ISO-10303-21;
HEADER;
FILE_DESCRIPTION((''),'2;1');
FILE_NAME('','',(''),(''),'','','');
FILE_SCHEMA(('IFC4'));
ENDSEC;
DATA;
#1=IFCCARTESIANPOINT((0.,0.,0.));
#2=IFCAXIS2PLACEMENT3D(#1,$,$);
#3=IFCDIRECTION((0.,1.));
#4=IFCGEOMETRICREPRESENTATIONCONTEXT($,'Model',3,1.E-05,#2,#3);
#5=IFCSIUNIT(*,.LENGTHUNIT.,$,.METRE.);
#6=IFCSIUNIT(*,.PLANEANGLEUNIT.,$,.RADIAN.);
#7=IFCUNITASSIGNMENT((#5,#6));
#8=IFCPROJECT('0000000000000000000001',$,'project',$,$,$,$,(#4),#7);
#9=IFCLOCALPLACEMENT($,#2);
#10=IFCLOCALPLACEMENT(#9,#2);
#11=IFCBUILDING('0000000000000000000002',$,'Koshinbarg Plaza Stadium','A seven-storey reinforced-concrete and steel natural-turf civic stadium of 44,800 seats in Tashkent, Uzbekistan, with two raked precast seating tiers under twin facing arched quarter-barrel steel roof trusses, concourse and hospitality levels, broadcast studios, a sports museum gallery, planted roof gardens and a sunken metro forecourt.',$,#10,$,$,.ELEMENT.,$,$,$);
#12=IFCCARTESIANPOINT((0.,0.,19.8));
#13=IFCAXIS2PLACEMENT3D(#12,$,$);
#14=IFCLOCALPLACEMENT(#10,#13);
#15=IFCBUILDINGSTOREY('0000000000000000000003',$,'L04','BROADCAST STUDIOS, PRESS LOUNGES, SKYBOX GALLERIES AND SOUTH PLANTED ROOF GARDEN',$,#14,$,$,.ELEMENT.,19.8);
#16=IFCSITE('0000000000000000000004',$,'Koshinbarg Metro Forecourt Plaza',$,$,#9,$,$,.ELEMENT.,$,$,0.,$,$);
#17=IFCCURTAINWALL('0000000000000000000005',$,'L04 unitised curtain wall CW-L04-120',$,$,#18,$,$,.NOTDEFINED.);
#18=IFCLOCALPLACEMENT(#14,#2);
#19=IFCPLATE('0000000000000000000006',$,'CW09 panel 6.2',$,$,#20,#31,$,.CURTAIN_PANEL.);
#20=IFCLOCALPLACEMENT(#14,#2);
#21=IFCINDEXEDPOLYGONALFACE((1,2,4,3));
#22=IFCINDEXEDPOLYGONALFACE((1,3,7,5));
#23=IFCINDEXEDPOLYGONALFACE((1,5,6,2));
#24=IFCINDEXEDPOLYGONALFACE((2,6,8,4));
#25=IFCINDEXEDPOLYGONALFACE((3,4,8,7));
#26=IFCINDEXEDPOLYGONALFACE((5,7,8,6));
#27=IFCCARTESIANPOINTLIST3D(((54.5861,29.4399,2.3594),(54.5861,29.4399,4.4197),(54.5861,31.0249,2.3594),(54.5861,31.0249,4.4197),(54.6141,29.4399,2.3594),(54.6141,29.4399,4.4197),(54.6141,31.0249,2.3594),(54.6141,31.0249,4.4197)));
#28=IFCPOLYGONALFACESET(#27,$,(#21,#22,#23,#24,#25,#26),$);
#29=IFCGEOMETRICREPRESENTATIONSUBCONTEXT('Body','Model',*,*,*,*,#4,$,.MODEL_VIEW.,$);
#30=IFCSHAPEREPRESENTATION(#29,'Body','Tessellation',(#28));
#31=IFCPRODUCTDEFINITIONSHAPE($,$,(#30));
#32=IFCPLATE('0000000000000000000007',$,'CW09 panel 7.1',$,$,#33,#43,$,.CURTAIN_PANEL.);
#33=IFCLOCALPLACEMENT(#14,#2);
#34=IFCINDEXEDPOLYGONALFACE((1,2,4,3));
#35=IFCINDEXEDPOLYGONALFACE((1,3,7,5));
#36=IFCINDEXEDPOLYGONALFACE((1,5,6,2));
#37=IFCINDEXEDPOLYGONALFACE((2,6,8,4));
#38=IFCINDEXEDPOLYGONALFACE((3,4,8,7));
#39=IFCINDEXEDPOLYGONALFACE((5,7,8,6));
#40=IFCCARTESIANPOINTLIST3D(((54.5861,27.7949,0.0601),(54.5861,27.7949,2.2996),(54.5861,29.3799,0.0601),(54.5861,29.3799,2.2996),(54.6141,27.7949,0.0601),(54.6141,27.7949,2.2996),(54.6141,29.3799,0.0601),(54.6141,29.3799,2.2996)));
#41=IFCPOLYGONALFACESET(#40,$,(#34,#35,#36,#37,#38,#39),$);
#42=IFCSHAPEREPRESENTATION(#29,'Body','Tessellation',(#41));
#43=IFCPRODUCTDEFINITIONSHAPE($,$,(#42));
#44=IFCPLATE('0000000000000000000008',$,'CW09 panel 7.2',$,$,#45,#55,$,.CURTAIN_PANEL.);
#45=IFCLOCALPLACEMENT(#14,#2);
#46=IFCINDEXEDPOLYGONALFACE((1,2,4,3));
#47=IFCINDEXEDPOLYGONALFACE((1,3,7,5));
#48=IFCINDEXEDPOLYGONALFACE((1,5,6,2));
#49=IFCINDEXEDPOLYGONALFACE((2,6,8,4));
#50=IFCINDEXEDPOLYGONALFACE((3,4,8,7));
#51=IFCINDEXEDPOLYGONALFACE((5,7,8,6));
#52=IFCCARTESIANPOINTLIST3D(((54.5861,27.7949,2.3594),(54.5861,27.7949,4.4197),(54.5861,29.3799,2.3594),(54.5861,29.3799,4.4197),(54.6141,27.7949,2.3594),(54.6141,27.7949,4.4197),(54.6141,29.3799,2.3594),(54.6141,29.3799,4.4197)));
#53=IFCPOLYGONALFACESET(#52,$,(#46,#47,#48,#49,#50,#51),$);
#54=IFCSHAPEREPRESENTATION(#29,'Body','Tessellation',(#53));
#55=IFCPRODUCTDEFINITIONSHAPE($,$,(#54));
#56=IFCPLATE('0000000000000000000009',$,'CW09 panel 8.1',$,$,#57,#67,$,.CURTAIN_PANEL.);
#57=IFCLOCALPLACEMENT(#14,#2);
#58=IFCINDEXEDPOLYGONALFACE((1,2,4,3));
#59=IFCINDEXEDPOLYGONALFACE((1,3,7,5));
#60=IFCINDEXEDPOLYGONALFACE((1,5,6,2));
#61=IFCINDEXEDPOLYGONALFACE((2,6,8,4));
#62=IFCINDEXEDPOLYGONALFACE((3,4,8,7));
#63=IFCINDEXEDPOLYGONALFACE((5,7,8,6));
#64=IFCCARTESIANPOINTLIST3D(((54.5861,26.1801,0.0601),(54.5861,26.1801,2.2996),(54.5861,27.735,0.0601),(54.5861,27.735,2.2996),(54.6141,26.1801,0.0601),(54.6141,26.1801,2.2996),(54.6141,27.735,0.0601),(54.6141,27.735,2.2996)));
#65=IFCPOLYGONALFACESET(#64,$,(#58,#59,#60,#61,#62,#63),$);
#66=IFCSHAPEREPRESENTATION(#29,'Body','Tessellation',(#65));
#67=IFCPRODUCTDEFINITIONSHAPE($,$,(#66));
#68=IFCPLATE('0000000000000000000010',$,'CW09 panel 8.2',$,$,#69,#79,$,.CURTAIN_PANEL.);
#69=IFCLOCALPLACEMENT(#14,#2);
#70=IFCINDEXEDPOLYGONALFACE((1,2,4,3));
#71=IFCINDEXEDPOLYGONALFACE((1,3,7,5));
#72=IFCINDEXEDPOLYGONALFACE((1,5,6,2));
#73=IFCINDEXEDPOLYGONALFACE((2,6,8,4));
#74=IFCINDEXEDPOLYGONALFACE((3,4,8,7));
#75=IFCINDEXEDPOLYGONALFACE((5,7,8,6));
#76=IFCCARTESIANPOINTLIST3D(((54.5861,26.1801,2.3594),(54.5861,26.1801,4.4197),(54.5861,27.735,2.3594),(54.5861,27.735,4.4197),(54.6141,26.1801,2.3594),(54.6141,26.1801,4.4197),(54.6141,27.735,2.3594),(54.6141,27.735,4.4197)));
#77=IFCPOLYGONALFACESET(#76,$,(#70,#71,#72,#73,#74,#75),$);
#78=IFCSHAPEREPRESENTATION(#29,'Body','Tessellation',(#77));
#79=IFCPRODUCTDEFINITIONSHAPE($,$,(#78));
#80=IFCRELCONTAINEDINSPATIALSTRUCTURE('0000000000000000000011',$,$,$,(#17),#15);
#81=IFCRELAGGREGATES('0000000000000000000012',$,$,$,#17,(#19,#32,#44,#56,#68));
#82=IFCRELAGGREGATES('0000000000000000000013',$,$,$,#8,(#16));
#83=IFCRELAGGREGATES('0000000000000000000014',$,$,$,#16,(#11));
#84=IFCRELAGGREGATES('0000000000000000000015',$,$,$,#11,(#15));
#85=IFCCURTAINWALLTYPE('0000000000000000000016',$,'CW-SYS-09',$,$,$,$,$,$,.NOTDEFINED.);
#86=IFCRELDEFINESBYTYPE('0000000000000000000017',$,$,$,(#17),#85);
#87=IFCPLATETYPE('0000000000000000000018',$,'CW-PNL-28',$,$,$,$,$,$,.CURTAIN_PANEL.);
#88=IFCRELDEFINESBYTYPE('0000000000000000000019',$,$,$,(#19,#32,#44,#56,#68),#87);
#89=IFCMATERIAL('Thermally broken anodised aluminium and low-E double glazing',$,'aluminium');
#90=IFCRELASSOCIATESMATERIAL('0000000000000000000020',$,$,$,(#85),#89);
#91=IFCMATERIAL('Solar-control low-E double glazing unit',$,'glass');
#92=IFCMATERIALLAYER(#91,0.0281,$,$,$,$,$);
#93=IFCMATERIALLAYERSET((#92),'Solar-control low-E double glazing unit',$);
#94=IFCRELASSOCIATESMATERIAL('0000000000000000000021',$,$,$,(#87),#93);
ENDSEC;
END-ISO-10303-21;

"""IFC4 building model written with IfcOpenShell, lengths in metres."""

from ifc_helpers import new_model, si_unit, direction, frame, origin, origin_2d, place, context, subcontext, project, spatial, rectangle, extrude, material, layer, layer_set, type_object, element, aggregate, save


model = new_model("IFC4")

# Units and contexts
model_context = context("Model", 3, precision=1e-05, world=origin(), true_north=direction((0.0, 1.0)))
body_context = subcontext(model_context, "Body", "Model", "MODEL_VIEW")
ifc_project = project(units=[si_unit("LENGTHUNIT", "METRE"), si_unit("PLANEANGLEUNIT", "RADIAN")], contexts=[model_context])

# Site, building, storey
site_placement = place(None, origin())
site = spatial("IfcSite", under=ifc_project, at=site_placement, Name="Koshinbarg Metro Forecourt Plaza", CompositionType="ELEMENT", RefElevation=0.0)
building_placement = place(site_placement, origin())
building = spatial("IfcBuilding", under=site, at=building_placement, Name="Koshinbarg Plaza Stadium", Description="A seven-storey reinforced-concrete and steel natural-turf civic stadium of 44,800 seats in Tashkent, Uzbekistan, with two raked precast seating tiers under twin facing arched quarter-barrel steel roof trusses, concourse and hospitality levels, broadcast studios, a sports museum gallery, planted roof gardens and a sunken metro forecourt.", CompositionType="ELEMENT")
storey_placement = place(building_placement, frame((0.0, 0.0, 19.8)))
storey = spatial("IfcBuildingStorey", under=building, at=storey_placement, Name="L04", Description="BROADCAST STUDIOS, PRESS LOUNGES, SKYBOX GALLERIES AND SOUTH PLANTED ROOF GARDEN", CompositionType="ELEMENT", Elevation=19.8)

# Curtain wall, plates
ifc_material_1 = material(Name="Thermally broken anodised aluminium and low-E double glazing", Category="aluminium")
curtain_wall_type = type_object("IfcCurtainWallType", Name="CW-SYS-09", PredefinedType="NOTDEFINED", material=ifc_material_1)
curtain_wall_placement = place(storey_placement, origin())
curtain_wall = element("IfcCurtainWall", 1, at=curtain_wall_placement, inside=storey, type_object=curtain_wall_type, Name="L04 unitised curtain wall CW-L04-120", PredefinedType="NOTDEFINED")
ifc_material_2 = material(Name="Solar-control low-E double glazing unit", Category="glass")
ifc_layer = layer(ifc_material_2, 0.0281)
ifc_layer_set = layer_set([ifc_layer], Name="Solar-control low-E double glazing unit")
plate_type = type_object("IfcPlateType", Name="CW-PNL-28", PredefinedType="CURTAIN_PANEL", material=ifc_layer_set)
plate_1_placement = place(storey_placement, frame((54.6001, 30.2324, 2.3594), z_axis=(0.0, 0.0, 1.0), x_axis=(0.0, -1.0, 0.0)))
plate_1 = element("IfcPlate", 2, at=plate_1_placement, type_object=plate_type, Name="CW09 panel 6.2", PredefinedType="CURTAIN_PANEL", context=body_context, shape_type="SweptSolid", body=[
    extrude(rectangle(XDim=1.585, YDim=0.0281, at=origin_2d()), origin(), (0.0, 0.0, 1.0), 2.0603),
])
plate_2_placement = place(storey_placement, frame((54.6001, 28.5874, 0.0601), z_axis=(0.0, 0.0, 1.0), x_axis=(0.0, -1.0, 0.0)))
plate_2 = element("IfcPlate", 3, at=plate_2_placement, type_object=plate_type, Name="CW09 panel 7.1", PredefinedType="CURTAIN_PANEL", context=body_context, shape_type="SweptSolid", body=[
    extrude(rectangle(XDim=1.585, YDim=0.0281, at=origin_2d()), origin(), (0.0, 0.0, 1.0), 2.2395),
])
plate_3_placement = place(storey_placement, frame((54.6001, 28.5874, 2.3594), z_axis=(0.0, 0.0, 1.0), x_axis=(0.0, -1.0, 0.0)))
plate_3 = element("IfcPlate", 4, at=plate_3_placement, type_object=plate_type, Name="CW09 panel 7.2", PredefinedType="CURTAIN_PANEL", context=body_context, shape_type="SweptSolid", body=[
    extrude(rectangle(XDim=1.585, YDim=0.0281, at=origin_2d()), origin(), (0.0, 0.0, 1.0), 2.0603),
])
plate_4_placement = place(storey_placement, frame((54.6001, 26.9575, 0.0601), z_axis=(0.0, 0.0, 1.0), x_axis=(0.0, -1.0, 0.0)))
plate_4 = element("IfcPlate", 5, at=plate_4_placement, type_object=plate_type, Name="CW09 panel 8.1", PredefinedType="CURTAIN_PANEL", context=body_context, shape_type="SweptSolid", body=[
    extrude(rectangle(XDim=1.5549, YDim=0.0281, at=origin_2d()), origin(), (0.0, 0.0, 1.0), 2.2395),
])
plate_5_placement = place(storey_placement, frame((54.6001, 26.9575, 2.3594), z_axis=(0.0, 0.0, 1.0), x_axis=(0.0, -1.0, 0.0)))
plate_5 = element("IfcPlate", 6, at=plate_5_placement, type_object=plate_type, Name="CW09 panel 8.2", PredefinedType="CURTAIN_PANEL", context=body_context, shape_type="SweptSolid", body=[
    extrude(rectangle(XDim=1.5549, YDim=0.0281, at=origin_2d()), origin(), (0.0, 0.0, 1.0), 2.0603),
])
aggregate(curtain_wall, [plate_1, plate_2, plate_3, plate_4, plate_5])

save(model, "model.ifc")
